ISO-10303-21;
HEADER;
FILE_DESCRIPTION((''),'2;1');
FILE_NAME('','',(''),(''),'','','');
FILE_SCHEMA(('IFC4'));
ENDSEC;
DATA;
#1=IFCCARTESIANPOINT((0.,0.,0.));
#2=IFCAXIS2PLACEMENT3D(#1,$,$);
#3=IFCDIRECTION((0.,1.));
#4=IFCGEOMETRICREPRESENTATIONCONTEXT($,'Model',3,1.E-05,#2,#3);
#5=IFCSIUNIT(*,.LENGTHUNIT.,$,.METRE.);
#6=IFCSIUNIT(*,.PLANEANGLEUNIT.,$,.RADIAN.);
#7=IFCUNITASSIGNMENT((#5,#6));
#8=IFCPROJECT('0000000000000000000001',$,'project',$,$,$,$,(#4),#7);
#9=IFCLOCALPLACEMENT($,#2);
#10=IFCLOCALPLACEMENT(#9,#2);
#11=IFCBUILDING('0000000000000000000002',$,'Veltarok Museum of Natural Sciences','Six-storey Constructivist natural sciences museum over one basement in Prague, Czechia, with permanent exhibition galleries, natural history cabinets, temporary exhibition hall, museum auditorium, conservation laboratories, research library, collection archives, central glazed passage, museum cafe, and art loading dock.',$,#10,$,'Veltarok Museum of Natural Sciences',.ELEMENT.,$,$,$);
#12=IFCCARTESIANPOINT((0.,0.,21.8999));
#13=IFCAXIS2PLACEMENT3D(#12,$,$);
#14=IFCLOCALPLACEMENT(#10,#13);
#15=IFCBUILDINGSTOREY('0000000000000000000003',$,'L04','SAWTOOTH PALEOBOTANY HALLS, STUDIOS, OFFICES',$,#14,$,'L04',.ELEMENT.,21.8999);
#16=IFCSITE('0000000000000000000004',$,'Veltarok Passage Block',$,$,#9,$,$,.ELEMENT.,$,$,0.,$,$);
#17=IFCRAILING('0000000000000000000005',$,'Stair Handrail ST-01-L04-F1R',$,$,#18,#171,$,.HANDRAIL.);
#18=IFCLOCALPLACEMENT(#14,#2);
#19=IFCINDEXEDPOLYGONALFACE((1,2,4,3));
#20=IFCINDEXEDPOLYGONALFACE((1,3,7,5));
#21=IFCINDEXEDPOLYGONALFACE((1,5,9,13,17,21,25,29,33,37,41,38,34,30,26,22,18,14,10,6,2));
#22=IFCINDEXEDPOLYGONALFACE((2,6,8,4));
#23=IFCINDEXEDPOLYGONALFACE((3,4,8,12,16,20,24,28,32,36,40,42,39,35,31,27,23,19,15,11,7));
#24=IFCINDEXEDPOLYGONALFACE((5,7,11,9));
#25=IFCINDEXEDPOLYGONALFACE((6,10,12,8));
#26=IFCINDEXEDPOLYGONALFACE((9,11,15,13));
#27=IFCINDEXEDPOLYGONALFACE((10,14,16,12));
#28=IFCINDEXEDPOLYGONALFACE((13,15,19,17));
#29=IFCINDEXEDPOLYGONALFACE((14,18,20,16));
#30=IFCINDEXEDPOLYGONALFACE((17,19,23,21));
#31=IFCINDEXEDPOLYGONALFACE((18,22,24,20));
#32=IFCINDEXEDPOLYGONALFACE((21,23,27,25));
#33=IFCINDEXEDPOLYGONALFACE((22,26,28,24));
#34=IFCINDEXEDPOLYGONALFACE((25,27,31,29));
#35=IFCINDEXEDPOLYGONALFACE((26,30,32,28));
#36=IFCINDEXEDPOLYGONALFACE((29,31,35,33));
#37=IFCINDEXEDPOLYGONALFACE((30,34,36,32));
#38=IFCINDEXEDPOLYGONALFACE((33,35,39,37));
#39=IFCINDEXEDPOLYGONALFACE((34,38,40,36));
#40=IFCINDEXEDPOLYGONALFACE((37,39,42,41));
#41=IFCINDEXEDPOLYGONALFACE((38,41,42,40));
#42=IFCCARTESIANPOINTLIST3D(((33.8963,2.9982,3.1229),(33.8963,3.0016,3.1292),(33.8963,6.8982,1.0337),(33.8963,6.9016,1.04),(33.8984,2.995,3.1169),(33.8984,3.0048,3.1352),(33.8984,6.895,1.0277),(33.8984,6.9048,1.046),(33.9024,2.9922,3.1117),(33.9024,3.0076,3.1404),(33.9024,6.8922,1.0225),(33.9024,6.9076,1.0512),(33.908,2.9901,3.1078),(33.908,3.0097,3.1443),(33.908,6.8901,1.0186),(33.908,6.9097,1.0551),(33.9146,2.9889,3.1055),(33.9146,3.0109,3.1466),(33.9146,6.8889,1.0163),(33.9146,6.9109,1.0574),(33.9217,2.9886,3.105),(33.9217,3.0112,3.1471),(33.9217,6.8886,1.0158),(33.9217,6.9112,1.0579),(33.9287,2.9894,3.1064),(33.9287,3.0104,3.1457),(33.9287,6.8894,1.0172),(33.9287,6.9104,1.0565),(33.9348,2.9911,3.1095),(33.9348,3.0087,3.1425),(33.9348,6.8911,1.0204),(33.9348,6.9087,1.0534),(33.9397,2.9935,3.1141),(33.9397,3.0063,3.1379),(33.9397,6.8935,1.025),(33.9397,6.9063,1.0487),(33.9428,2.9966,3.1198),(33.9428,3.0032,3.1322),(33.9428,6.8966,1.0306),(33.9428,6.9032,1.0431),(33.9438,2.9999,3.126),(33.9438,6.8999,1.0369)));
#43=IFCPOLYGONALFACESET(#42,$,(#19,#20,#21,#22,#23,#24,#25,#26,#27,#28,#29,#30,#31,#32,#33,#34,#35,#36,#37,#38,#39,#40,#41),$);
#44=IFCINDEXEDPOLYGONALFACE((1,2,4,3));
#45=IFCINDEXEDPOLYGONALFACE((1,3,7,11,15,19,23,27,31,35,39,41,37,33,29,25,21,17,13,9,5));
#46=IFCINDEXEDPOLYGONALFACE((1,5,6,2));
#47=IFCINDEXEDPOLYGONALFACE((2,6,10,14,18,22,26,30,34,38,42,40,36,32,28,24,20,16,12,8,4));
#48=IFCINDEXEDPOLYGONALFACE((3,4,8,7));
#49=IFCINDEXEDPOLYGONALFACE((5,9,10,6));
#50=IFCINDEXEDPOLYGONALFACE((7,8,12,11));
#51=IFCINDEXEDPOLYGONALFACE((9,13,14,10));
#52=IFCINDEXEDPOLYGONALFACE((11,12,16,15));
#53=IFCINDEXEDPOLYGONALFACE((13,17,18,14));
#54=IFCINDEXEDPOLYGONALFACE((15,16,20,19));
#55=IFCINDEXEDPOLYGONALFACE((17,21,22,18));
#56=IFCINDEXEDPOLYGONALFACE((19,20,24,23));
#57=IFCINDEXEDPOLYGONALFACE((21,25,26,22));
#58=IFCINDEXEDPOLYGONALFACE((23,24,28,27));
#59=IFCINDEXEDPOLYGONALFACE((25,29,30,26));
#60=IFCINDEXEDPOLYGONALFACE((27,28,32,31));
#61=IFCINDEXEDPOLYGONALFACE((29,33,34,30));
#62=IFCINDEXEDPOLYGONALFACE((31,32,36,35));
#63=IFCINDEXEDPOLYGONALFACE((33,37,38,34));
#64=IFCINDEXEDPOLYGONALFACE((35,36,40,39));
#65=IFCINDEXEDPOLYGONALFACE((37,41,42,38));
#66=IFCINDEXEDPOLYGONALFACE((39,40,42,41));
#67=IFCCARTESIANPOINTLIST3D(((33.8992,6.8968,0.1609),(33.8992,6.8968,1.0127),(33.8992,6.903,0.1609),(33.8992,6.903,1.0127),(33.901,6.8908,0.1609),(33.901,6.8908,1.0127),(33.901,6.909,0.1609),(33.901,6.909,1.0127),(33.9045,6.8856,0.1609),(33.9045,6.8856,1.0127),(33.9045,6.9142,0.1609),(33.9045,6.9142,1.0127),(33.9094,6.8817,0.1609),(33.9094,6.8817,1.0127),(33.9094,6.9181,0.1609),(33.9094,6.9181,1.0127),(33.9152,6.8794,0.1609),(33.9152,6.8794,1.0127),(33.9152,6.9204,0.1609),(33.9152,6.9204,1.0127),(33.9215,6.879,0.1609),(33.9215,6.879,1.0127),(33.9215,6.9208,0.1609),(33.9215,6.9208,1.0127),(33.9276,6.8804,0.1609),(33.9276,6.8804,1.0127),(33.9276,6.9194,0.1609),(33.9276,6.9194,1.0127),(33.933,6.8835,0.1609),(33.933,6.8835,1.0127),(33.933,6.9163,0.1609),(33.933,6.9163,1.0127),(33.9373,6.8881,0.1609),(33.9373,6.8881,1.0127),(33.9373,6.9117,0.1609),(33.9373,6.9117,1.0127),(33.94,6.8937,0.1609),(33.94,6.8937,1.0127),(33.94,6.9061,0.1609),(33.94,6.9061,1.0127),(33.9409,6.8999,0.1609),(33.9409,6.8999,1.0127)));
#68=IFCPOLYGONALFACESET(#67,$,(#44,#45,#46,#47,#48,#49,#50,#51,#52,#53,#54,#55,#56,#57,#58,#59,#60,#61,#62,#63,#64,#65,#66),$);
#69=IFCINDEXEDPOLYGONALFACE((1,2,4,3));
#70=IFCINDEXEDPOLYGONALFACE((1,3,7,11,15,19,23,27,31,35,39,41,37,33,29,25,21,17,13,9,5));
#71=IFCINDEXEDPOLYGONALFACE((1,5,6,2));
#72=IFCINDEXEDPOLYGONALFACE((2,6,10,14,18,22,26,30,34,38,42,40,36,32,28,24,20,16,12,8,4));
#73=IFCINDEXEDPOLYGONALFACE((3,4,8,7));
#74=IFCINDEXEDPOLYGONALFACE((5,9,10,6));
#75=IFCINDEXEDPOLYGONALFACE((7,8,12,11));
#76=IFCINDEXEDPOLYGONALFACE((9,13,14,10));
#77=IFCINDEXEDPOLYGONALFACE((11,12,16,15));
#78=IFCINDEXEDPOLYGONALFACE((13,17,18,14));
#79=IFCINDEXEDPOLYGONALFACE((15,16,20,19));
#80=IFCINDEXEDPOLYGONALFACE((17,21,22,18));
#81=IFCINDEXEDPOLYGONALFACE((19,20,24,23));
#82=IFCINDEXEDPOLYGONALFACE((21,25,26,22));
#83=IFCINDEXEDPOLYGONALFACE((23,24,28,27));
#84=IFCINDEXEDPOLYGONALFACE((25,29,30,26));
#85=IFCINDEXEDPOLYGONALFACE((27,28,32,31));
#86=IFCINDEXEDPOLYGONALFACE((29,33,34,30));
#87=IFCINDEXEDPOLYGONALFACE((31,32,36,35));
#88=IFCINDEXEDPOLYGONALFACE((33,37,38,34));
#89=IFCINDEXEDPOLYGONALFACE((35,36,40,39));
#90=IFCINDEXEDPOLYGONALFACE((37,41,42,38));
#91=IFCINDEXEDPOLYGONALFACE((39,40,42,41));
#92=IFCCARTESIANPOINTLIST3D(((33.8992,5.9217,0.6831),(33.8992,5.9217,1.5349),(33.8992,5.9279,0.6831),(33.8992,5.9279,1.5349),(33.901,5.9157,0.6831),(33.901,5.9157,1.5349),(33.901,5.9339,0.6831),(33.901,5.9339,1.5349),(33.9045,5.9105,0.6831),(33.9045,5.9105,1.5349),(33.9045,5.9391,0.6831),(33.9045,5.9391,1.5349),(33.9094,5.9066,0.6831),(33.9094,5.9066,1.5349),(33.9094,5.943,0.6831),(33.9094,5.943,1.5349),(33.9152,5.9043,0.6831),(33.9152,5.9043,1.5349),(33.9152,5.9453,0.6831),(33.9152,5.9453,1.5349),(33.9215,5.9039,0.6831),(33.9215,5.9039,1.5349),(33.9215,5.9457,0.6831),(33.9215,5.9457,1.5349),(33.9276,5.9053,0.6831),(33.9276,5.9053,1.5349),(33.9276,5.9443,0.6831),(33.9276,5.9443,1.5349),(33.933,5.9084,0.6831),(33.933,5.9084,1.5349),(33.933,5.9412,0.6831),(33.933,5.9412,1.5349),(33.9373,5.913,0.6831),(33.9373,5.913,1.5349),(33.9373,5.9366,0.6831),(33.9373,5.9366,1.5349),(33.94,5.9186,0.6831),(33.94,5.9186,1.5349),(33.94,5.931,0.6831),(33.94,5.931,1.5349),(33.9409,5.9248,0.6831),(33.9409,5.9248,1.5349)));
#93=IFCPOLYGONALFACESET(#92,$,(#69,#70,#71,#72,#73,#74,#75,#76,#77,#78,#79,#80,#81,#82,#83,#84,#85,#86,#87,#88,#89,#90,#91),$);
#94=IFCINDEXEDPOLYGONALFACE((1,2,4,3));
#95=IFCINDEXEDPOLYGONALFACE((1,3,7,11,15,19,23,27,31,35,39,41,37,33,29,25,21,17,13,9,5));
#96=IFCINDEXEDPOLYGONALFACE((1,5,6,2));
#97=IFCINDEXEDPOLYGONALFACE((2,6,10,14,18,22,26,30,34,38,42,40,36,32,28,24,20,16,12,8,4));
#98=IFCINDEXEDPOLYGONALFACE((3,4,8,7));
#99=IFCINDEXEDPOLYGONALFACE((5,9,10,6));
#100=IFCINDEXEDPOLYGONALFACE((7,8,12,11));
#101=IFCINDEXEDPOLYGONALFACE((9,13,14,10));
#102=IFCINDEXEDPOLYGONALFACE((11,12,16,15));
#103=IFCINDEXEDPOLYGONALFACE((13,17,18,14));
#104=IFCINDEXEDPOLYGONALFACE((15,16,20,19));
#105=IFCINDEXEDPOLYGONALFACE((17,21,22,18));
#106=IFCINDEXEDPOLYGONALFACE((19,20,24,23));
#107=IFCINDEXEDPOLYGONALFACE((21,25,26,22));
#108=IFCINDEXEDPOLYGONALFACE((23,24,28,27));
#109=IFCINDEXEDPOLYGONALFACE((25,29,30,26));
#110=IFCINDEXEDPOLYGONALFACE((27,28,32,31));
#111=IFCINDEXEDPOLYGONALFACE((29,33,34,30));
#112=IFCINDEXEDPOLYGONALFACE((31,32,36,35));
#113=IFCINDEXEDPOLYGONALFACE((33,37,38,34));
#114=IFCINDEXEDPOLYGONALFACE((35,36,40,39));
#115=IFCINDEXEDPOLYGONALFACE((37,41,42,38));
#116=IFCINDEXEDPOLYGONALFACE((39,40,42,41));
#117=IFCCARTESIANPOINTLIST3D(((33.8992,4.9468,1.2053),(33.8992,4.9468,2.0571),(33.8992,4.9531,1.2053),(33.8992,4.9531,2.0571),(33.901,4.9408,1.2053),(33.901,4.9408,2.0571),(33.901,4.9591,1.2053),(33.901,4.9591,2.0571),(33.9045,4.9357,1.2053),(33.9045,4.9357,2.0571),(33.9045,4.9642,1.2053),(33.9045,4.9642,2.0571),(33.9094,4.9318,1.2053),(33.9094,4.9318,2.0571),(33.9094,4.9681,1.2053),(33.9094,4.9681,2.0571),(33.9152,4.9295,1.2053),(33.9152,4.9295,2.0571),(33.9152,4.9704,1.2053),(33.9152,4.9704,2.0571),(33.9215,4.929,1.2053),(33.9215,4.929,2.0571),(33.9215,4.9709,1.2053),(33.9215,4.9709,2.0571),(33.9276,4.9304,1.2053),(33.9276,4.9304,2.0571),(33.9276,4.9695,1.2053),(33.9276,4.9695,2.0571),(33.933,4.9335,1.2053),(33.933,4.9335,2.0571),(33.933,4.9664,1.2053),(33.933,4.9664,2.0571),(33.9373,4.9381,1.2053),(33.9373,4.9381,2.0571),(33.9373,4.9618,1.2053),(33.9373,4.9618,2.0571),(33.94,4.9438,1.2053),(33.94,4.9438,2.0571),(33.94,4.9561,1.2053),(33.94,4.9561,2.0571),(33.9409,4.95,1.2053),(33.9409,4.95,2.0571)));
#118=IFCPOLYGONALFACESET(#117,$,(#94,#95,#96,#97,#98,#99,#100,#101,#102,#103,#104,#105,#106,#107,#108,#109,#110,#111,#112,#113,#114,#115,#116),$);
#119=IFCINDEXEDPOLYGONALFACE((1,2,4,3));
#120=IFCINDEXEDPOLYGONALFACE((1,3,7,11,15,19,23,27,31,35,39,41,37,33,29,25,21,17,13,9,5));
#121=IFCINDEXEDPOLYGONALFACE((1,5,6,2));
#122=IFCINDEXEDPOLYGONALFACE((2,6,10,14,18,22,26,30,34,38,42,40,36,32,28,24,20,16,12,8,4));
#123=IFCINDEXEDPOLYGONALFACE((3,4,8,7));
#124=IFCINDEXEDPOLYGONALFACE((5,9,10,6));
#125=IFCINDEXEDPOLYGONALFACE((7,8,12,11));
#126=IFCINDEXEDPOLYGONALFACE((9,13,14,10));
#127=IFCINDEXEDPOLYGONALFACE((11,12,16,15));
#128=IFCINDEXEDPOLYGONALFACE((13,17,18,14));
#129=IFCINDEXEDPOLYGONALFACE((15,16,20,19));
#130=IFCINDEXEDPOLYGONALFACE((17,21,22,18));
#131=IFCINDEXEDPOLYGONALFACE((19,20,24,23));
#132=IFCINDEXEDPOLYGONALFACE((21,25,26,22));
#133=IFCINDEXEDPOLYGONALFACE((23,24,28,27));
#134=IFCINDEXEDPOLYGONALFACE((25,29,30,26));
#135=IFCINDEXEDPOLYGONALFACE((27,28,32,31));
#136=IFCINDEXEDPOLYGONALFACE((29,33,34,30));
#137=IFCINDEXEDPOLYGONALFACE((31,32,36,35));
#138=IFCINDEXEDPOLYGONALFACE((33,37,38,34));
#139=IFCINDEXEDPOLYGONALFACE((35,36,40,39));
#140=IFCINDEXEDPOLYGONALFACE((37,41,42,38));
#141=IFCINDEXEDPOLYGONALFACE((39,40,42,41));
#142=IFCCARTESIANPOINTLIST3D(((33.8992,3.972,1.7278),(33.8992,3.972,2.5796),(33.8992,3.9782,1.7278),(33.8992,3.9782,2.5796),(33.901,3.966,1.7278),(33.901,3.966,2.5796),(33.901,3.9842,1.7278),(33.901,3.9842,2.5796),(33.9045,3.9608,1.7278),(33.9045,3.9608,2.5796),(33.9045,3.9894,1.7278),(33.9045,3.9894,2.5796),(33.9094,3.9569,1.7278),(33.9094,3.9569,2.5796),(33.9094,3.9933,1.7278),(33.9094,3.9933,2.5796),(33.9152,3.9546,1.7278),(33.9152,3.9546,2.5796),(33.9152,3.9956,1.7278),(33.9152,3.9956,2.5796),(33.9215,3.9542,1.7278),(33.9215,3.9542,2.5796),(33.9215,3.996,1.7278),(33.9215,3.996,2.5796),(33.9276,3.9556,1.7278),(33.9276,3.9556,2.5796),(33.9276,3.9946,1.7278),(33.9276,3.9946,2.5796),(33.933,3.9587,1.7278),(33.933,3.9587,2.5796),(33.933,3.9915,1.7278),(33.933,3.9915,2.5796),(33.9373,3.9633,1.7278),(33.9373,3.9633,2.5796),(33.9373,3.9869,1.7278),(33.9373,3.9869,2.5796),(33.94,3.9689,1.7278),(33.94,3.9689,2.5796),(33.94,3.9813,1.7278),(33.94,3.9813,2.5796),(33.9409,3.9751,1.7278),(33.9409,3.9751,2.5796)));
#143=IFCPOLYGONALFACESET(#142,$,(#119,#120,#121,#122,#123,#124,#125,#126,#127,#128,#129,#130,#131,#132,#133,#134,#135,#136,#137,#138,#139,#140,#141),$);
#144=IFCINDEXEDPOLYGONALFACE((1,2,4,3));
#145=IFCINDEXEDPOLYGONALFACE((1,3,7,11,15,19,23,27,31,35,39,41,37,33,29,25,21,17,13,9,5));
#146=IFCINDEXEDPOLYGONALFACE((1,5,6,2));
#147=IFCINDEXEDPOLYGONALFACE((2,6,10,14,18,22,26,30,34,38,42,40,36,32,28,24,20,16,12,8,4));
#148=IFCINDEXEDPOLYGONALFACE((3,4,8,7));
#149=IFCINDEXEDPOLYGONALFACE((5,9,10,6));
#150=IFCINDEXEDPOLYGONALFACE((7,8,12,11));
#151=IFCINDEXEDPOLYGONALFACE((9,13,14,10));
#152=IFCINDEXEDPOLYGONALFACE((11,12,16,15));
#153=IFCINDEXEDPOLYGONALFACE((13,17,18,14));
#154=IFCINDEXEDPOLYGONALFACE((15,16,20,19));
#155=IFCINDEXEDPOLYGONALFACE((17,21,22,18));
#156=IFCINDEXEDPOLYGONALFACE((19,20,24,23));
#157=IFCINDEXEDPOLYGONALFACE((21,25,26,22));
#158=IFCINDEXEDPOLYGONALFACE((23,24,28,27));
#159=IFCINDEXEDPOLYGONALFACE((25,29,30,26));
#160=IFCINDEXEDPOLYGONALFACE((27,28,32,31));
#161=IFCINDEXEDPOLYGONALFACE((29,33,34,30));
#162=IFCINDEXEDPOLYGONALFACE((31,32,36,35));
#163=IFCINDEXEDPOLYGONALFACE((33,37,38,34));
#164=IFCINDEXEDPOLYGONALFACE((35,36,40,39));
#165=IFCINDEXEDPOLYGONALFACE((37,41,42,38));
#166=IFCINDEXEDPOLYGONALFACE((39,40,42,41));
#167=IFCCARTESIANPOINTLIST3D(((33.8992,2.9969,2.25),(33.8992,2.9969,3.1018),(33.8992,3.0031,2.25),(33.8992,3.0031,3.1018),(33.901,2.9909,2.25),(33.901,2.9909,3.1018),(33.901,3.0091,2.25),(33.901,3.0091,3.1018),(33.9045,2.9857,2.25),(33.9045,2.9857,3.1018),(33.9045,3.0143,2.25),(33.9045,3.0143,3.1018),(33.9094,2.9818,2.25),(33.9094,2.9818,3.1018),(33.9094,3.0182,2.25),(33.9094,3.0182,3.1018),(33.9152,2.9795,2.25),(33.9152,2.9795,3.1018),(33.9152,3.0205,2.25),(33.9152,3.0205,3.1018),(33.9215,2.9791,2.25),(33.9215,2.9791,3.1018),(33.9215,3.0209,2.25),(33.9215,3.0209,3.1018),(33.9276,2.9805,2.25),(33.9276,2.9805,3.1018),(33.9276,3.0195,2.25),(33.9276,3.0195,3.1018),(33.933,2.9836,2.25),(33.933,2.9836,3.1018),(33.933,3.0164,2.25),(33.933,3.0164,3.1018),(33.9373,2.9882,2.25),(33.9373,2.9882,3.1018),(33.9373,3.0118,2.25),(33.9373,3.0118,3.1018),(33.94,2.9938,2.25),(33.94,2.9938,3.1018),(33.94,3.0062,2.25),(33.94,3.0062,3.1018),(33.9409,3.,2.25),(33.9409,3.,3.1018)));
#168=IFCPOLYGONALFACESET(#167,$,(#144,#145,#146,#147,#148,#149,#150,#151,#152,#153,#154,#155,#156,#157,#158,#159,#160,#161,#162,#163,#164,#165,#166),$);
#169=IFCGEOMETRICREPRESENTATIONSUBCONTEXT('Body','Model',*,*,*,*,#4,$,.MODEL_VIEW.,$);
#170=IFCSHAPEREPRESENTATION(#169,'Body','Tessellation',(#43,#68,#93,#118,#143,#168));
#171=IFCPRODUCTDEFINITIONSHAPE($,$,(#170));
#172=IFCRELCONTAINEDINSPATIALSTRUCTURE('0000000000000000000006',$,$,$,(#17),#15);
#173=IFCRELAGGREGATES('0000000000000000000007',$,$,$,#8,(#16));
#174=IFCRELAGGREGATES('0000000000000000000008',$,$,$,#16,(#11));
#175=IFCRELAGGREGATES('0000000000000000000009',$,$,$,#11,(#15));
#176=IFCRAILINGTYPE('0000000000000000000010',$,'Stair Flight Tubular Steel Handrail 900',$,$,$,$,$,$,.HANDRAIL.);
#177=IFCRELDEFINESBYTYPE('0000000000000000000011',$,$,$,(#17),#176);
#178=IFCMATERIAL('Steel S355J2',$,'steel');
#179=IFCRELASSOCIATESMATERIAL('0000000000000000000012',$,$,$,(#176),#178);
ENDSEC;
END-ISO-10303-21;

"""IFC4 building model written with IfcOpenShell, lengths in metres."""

from ifc_helpers import new_model, si_unit, direction, frame, origin, origin_2d, place, context, subcontext, project, spatial, circle, extrude, material, type_object, element, save


model = new_model("IFC4")

# Units and contexts
model_context = context("Model", 3, precision=1e-05, world=origin(), true_north=direction((0.0, 1.0)))
body_context = subcontext(model_context, "Body", "Model", "MODEL_VIEW")
ifc_project = project(units=[si_unit("LENGTHUNIT", "METRE"), si_unit("PLANEANGLEUNIT", "RADIAN")], contexts=[model_context])

# Site, building, storey
site_placement = place(None, origin())
site = spatial("IfcSite", under=ifc_project, at=site_placement, Name="Veltarok Passage Block", CompositionType="ELEMENT", RefElevation=0.0)
building_placement = place(site_placement, origin())
building = spatial("IfcBuilding", under=site, at=building_placement, Name="Veltarok Museum of Natural Sciences", Description="Six-storey Constructivist natural sciences museum over one basement in Prague, Czechia, with permanent exhibition galleries, natural history cabinets, temporary exhibition hall, museum auditorium, conservation laboratories, research library, collection archives, central glazed passage, museum cafe, and art loading dock.", LongName="Veltarok Museum of Natural Sciences", CompositionType="ELEMENT")
storey_placement = place(building_placement, frame((0.0, 0.0, 21.8999)))
storey = spatial("IfcBuildingStorey", under=building, at=storey_placement, Name="L04", Description="SAWTOOTH PALEOBOTANY HALLS, STUDIOS, OFFICES", LongName="L04", CompositionType="ELEMENT", Elevation=21.8999)

# Shared definitions
ifc_material_1 = material(Name="Steel S355J2", Category="steel")

# Railing
railing_type_1 = type_object("IfcRailingType", Name="Stair Flight Tubular Steel Handrail 900", PredefinedType="HANDRAIL", material=ifc_material_1)
for number, where, name in (
    (1, (33.9199, 6.8999, 0.1609), "Stair Handrail ST-01-L04-F1R"),
):
    element("IfcRailing", number, at=place(storey_placement, frame(where)), inside=storey, type_object=railing_type_1, Name=name, PredefinedType="HANDRAIL", context=body_context, shape_type="SweptSolid", body=[
        extrude(circle(Radius=0.0239, at=origin_2d()), frame((0.0, 0.0, 0.876), z_axis=(0.0, -0.881491, 0.4722), x_axis=(1.0, 0.0, 0.0)), (0.0, 0.0, 1.0), 4.4243),
        extrude(circle(Radius=0.021, at=origin_2d()), origin(), (0.0, 0.0, 1.0), 0.8518),
        extrude(circle(Radius=0.021, at=origin_2d()), frame((0.0, -0.9751, 0.5222)), (0.0, 0.0, 1.0), 0.8518),
        extrude(circle(Radius=0.021, at=origin_2d()), frame((0.0, -1.95, 1.0444)), (0.0, 0.0, 1.0), 0.8518),
        extrude(circle(Radius=0.021, at=origin_2d()), frame((0.0, -2.9248, 1.5669)), (0.0, 0.0, 1.0), 0.8518),
        extrude(circle(Radius=0.021, at=origin_2d()), frame((0.0, -3.8999, 2.0891)), (0.0, 0.0, 1.0), 0.8518),
    ])

save(model, "model.ifc")
